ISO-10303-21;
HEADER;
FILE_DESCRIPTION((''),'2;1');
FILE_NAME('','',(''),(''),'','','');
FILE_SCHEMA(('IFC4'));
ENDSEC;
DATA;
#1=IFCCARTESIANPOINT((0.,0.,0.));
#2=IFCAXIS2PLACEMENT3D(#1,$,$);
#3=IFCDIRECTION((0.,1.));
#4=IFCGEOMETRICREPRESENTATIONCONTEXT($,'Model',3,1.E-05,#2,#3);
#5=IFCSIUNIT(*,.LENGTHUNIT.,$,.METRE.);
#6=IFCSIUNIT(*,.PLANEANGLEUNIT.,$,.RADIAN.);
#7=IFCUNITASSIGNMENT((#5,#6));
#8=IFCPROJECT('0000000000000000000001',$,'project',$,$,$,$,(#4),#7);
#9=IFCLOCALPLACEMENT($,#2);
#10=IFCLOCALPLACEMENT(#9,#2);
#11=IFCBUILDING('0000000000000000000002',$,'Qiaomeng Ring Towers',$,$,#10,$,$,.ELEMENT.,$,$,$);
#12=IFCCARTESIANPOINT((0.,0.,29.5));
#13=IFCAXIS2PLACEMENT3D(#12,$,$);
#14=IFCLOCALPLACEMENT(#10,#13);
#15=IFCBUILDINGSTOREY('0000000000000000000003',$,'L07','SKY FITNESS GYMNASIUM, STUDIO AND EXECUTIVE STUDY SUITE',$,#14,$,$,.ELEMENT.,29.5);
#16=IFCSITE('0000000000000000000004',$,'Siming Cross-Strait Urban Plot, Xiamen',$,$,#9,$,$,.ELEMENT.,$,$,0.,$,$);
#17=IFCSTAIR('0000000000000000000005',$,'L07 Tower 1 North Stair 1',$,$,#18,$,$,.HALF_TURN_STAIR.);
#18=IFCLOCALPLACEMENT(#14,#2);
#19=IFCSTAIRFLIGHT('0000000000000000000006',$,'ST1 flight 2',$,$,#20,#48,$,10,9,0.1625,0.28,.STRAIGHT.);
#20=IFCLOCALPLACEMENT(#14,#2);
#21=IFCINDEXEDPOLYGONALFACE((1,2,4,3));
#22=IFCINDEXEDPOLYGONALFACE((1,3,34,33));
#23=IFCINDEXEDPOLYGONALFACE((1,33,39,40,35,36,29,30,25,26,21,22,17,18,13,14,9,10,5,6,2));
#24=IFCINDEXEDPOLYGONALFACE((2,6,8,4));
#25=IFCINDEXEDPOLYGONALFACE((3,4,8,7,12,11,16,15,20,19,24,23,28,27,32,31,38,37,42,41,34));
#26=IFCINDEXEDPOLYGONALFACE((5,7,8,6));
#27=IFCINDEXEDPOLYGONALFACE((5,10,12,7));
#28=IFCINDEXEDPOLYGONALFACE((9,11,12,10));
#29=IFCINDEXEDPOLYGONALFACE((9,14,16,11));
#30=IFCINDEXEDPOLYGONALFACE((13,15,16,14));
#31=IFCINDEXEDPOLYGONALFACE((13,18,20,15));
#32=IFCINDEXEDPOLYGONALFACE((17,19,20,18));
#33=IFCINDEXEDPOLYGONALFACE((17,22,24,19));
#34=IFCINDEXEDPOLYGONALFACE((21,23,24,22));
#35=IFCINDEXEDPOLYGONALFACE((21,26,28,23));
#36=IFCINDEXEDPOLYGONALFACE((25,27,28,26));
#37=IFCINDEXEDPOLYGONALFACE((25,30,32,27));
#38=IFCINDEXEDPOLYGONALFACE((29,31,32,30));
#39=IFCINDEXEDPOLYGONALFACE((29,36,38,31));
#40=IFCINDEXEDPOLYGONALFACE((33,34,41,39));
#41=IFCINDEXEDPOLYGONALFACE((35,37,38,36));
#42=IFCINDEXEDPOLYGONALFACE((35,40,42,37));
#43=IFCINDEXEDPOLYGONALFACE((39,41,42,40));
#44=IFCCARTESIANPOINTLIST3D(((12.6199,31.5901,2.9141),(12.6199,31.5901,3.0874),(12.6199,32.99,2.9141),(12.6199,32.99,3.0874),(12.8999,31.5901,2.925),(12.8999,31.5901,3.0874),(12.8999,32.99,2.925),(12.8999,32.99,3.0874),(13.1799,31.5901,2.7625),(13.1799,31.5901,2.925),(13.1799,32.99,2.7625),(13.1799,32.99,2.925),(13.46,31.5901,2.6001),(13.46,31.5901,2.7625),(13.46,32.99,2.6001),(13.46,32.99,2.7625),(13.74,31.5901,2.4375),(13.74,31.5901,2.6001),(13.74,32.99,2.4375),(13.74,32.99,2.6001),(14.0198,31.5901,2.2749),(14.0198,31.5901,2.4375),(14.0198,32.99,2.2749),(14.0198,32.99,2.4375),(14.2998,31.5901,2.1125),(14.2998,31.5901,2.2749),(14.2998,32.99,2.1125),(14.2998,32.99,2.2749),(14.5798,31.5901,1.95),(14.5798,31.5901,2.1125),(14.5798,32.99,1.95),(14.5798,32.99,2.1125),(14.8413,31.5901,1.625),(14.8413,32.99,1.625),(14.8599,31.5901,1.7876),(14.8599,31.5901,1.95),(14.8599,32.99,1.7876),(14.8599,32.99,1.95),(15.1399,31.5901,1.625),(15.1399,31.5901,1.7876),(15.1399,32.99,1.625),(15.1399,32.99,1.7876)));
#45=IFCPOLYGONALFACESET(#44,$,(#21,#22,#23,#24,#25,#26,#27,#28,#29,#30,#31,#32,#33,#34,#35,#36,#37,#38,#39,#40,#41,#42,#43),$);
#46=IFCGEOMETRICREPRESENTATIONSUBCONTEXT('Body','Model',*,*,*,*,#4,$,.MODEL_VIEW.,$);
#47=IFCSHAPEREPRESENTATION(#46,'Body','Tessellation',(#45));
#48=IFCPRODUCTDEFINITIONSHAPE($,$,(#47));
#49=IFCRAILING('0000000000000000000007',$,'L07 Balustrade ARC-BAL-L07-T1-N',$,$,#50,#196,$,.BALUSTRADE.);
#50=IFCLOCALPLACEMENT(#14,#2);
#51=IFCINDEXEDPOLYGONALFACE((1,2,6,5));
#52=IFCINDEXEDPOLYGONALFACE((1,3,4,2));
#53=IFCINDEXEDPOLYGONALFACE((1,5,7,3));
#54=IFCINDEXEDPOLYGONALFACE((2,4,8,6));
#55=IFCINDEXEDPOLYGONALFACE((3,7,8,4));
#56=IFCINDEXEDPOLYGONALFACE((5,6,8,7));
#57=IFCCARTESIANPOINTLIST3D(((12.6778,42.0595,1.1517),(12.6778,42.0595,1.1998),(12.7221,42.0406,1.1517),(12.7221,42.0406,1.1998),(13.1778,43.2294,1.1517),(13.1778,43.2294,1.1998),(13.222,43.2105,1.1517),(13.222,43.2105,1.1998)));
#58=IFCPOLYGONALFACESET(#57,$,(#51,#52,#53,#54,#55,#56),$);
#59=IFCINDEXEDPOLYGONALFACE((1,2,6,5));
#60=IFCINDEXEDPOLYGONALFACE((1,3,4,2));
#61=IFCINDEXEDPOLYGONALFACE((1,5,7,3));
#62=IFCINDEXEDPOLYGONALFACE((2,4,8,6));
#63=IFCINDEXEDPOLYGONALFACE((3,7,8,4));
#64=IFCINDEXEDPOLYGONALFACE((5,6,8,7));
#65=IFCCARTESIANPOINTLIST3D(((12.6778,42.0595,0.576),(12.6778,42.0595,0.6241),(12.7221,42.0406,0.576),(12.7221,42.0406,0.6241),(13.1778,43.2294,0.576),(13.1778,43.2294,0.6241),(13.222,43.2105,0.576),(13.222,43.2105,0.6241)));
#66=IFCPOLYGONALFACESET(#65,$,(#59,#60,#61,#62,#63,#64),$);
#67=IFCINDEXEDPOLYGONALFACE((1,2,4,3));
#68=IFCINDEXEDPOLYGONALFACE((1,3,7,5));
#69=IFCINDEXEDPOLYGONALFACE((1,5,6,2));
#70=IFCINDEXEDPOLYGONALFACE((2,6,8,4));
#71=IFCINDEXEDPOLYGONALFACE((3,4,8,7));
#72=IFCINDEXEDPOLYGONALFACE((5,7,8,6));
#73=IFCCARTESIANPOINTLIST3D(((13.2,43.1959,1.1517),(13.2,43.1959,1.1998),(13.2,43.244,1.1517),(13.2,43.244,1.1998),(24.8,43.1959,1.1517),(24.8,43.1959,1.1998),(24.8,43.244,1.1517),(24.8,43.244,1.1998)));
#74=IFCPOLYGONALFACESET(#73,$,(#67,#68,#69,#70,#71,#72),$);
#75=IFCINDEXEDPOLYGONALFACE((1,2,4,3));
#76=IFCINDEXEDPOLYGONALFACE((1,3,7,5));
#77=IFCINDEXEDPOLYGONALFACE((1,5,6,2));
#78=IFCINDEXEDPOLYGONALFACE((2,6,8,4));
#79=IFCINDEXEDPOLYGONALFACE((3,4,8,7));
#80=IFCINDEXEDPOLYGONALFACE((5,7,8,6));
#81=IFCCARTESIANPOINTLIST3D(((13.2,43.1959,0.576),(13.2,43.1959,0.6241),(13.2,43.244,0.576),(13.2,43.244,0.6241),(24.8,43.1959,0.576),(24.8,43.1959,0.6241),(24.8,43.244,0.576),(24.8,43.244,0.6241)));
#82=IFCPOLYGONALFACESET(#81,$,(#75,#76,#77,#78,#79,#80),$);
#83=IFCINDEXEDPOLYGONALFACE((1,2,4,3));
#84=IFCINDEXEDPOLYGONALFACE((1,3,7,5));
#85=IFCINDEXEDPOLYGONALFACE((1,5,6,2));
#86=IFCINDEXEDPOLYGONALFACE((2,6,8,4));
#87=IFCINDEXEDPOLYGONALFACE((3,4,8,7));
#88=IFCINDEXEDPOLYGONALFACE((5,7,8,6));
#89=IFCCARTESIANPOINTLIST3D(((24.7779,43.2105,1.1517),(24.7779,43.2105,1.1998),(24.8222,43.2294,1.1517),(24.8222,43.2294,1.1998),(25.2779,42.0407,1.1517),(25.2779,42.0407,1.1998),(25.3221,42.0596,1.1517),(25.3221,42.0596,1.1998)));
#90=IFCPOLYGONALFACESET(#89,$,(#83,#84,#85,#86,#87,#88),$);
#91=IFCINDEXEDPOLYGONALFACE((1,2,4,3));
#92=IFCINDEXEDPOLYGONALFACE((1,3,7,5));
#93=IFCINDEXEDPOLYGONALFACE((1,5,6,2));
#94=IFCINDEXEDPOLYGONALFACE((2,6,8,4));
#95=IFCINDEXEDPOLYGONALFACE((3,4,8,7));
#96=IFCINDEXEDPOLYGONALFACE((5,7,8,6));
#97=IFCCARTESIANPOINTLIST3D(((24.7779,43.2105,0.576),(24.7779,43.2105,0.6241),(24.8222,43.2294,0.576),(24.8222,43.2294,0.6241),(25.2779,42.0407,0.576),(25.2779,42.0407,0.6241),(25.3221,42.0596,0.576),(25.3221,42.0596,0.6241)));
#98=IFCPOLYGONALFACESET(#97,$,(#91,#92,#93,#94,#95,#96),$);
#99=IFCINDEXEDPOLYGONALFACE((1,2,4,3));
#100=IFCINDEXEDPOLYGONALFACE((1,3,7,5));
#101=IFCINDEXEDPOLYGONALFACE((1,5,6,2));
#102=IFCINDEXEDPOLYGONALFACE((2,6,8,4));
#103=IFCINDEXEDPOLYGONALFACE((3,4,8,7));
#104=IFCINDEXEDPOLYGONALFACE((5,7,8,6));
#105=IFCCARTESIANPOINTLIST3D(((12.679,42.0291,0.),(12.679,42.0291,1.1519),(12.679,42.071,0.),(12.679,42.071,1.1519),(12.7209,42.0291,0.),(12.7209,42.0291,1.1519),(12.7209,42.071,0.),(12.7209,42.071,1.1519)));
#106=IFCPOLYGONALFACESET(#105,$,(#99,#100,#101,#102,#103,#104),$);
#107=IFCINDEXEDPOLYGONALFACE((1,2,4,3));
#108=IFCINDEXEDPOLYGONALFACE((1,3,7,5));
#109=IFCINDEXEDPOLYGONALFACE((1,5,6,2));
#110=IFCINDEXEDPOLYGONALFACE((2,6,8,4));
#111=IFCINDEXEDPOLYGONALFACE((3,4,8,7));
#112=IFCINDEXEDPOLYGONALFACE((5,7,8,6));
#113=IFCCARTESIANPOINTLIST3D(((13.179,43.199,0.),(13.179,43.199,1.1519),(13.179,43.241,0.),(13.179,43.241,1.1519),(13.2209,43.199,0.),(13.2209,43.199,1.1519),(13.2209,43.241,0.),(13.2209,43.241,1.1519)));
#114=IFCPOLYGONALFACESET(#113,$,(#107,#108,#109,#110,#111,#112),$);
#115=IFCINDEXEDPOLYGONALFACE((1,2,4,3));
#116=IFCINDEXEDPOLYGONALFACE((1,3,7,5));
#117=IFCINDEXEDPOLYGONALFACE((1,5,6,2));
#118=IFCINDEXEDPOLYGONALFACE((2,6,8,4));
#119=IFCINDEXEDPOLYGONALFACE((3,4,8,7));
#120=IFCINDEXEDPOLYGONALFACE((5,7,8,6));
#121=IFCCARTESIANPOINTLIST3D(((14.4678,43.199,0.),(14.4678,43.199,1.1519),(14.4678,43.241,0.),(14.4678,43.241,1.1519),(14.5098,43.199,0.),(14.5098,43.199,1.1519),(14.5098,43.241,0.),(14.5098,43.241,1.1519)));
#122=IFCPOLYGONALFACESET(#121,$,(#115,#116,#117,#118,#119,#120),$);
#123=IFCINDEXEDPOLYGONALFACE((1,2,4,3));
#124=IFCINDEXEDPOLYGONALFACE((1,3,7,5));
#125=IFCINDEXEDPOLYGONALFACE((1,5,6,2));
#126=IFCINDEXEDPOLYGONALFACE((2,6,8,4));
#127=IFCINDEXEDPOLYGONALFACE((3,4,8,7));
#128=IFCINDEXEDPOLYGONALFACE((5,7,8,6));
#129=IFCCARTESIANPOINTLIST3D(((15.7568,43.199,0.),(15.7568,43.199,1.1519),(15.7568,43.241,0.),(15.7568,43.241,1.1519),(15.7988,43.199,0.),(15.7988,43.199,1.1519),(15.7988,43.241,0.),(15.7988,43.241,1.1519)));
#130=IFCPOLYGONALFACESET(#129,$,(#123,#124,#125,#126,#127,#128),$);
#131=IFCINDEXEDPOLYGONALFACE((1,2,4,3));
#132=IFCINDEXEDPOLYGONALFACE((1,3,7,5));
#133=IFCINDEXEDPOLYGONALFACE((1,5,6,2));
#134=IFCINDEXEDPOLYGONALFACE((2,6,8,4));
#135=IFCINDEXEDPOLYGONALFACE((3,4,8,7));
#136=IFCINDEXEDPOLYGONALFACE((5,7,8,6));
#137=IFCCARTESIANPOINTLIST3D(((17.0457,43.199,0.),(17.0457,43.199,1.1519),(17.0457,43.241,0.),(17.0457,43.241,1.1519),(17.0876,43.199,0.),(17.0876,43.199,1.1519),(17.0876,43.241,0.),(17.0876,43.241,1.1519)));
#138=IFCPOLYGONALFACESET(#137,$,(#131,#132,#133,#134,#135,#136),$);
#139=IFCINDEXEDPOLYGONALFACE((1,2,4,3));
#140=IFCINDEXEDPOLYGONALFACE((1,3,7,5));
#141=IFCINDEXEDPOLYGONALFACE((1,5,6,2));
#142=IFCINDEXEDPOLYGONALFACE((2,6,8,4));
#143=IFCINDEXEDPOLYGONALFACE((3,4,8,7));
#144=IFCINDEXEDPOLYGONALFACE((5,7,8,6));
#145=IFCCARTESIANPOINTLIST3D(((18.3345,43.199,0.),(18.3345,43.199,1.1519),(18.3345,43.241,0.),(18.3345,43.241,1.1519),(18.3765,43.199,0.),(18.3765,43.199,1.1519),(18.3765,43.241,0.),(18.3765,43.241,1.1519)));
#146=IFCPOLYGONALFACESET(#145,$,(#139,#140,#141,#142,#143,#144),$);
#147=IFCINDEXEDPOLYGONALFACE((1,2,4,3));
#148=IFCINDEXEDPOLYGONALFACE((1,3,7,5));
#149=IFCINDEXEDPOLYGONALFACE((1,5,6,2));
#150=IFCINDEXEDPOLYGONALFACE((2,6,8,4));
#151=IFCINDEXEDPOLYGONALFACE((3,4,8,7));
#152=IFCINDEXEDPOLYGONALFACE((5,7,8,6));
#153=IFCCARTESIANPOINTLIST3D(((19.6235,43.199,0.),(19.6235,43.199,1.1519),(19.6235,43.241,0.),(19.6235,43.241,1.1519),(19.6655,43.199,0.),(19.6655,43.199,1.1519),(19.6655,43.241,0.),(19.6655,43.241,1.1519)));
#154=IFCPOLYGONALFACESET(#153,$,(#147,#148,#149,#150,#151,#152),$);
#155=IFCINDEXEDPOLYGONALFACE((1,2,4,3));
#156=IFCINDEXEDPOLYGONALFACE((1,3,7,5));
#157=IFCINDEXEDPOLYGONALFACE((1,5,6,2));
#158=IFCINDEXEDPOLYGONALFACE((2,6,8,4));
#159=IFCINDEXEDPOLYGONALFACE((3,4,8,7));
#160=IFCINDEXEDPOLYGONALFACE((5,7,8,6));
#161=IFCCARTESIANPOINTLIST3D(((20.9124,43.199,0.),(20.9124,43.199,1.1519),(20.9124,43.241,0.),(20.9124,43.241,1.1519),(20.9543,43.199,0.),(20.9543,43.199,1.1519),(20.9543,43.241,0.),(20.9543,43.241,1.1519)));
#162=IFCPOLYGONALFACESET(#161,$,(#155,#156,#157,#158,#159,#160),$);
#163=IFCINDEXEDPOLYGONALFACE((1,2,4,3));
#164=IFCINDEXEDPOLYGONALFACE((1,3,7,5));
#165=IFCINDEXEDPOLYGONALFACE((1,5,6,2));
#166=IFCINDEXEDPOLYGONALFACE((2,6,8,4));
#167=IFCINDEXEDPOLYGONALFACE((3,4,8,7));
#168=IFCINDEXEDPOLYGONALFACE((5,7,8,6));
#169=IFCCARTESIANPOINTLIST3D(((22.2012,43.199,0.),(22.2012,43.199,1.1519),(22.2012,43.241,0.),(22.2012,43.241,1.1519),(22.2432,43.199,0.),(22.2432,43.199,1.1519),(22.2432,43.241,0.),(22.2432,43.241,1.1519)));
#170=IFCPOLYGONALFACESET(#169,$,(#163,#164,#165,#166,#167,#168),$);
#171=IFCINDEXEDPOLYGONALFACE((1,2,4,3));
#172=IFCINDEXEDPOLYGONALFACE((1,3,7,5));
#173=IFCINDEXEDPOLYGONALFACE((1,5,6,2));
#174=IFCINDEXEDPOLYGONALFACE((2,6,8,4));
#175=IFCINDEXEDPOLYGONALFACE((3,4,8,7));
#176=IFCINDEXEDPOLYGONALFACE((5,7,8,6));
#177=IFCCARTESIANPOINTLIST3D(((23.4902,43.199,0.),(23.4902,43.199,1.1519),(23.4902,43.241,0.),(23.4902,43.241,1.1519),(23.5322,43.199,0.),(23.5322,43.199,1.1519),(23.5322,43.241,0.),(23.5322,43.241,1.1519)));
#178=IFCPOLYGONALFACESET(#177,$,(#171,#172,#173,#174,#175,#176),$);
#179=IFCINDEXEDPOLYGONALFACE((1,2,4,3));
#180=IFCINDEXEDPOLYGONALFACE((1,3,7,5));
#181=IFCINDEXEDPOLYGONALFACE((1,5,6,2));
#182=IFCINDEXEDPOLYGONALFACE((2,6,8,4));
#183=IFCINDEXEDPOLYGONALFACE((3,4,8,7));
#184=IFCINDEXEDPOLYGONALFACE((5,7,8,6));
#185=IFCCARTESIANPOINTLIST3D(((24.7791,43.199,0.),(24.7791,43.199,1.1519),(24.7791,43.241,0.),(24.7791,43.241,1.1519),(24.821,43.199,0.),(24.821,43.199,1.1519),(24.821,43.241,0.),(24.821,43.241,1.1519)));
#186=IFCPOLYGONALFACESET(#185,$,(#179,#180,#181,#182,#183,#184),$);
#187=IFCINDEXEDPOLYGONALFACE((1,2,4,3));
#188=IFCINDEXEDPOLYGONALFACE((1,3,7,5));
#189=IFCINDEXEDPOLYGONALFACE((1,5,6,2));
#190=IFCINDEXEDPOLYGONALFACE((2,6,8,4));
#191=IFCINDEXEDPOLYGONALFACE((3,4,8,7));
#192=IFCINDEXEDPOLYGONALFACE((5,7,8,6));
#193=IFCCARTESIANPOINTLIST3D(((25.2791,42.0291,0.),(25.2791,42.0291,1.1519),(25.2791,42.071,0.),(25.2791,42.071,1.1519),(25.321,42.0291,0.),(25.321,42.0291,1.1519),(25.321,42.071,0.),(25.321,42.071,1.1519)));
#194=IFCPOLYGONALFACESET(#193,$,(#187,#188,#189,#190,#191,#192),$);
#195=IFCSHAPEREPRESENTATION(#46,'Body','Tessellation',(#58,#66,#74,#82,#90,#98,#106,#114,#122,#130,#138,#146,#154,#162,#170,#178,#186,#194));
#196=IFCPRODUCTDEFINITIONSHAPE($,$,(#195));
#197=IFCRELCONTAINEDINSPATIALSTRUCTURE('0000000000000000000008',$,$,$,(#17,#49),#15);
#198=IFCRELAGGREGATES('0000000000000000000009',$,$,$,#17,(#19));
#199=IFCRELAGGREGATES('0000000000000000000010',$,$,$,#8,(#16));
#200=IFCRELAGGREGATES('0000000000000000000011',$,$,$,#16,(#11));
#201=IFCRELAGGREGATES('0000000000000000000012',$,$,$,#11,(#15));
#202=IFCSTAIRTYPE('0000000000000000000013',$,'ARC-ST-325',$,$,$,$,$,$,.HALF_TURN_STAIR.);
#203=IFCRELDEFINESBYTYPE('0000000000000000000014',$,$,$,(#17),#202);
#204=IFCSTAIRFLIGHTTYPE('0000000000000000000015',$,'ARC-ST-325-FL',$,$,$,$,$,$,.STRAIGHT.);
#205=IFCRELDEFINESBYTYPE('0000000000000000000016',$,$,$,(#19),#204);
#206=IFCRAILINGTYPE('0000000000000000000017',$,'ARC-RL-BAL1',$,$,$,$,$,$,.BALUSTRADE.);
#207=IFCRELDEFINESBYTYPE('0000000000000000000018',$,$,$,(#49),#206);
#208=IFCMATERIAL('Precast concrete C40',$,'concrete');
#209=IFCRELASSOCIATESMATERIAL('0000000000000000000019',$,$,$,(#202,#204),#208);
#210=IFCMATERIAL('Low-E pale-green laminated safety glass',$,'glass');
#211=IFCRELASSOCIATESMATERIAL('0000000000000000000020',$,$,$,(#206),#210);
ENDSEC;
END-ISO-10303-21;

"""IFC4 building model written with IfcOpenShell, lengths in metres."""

from ifc_helpers import new_model, si_unit, direction, frame, origin, origin_2d, place, context, subcontext, project, spatial, polyline, rectangle, outline, extrude, source, transform, mapped, material, type_object, element, aggregate, save


model = new_model("IFC4")

# Units and contexts
model_context = context("Model", 3, precision=1e-05, world=origin(), true_north=direction((0.0, 1.0)))
body_context = subcontext(model_context, "Body", "Model", "MODEL_VIEW")
ifc_project = project(units=[si_unit("LENGTHUNIT", "METRE"), si_unit("PLANEANGLEUNIT", "RADIAN")], contexts=[model_context])

# Site, building, storey
site_placement = place(None, origin())
site = spatial("IfcSite", under=ifc_project, at=site_placement, Name="Siming Cross-Strait Urban Plot, Xiamen", CompositionType="ELEMENT", RefElevation=0.0)
building_placement = place(site_placement, origin())
building = spatial("IfcBuilding", under=site, at=building_placement, Name="Qiaomeng Ring Towers", CompositionType="ELEMENT")
storey_placement = place(building_placement, frame((0.0, 0.0, 29.5)))
storey = spatial("IfcBuildingStorey", under=building, at=storey_placement, Name="L07", Description="SKY FITNESS GYMNASIUM, STUDIO AND EXECUTIVE STUDY SUITE", CompositionType="ELEMENT", Elevation=29.5)

# Stair, stair flight
ifc_material_1 = material(Name="Precast concrete C40", Category="concrete")
stair_type = type_object("IfcStairType", Name="ARC-ST-325", PredefinedType="HALF_TURN_STAIR", material=ifc_material_1)
stair_placement = place(storey_placement, origin())
stair = element("IfcStair", 1, at=stair_placement, inside=storey, type_object=stair_type, Name="L07 Tower 1 North Stair 1", PredefinedType="HALF_TURN_STAIR")
stair_flight_type = type_object("IfcStairFlightType", Name="ARC-ST-325-FL", PredefinedType="STRAIGHT", material=ifc_material_1)
shared_shape_1 = source(origin(), body_context, "Body", "SweptSolid", [
    extrude(outline(polyline([(0.0, 0.0), (0.0, 0.1626), (0.28, 0.1626), (0.28, 0.325), (0.5601, 0.325), (0.5601, 0.4875), (0.8401, 0.4875), (0.8401, 0.6499), (1.1201, 0.6499), (1.1201, 0.8125), (1.3999, 0.8125), (1.3999, 0.9751), (1.6799, 0.9751), (1.6799, 1.1375), (1.96, 1.1375), (1.96, 1.3), (2.24, 1.3), (2.24, 1.4624), (2.52, 1.4624), (2.52, 1.625), (2.52, 1.2891), (0.2986, 0.0), (0.0, 0.0)])), frame((0.0, 0.7, 0.0), z_axis=(0.0, -1.0, 0.0), x_axis=(1.0, 0.0, 0.0)), (0.0, 0.0, 1.0), 1.3999),
])
stair_flight_placement = place(storey_placement, frame((15.1399, 32.29, 1.625), z_axis=(0.0, 0.0, 1.0), x_axis=(-1.0, 0.0, 0.0)))
stair_flight = element("IfcStairFlight", 2, at=stair_flight_placement, type_object=stair_flight_type, Name="ST1 flight 2", NumberOfRisers=10, NumberOfTreads=9, PredefinedType="STRAIGHT", RiserHeight=0.1625, TreadLength=0.28, context=body_context, shape_type="MappedRepresentation", body=[
    mapped(shared_shape_1, transform((0.0, 0.0, 0.0), x_axis=(1.0, 0.0, 0.0), y_axis=(0.0, 1.0, 0.0), z_axis=(0.0, 0.0, 1.0), scale=1.0)),
])
aggregate(stair, [stair_flight])

# Railing
ifc_material_2 = material(Name="Low-E pale-green laminated safety glass", Category="glass")
railing_type_1 = type_object("IfcRailingType", Name="ARC-RL-BAL1", PredefinedType="BALUSTRADE", material=ifc_material_2)
railing_1_placement = place(storey_placement, frame((12.7, 42.05, 0.0)))
element("IfcRailing", 3, at=railing_1_placement, inside=storey, type_object=railing_type_1, Name="L07 Balustrade ARC-BAL-L07-T1-N", PredefinedType="BALUSTRADE", context=body_context, shape_type="SweptSolid", body=[
    extrude(rectangle(XDim=0.0481, YDim=0.0481, at=origin_2d()), frame((0.0, 0.0, 1.1758), z_axis=(0.392993, 0.919542, 0.0), x_axis=(-0.919542, 0.392993, 0.0)), (0.0, 0.0, 1.0), 1.2722),
    extrude(rectangle(XDim=0.0481, YDim=0.0481, at=origin_2d()), frame((0.0, 0.0, 0.6001), z_axis=(0.392993, 0.919542, 0.0), x_axis=(-0.919542, 0.392993, 0.0)), (0.0, 0.0, 1.0), 1.2722),
    extrude(rectangle(XDim=0.0481, YDim=0.0481, at=origin_2d()), frame((0.5, 1.1699, 1.1758), z_axis=(1.0, 0.0, 0.0), x_axis=(0.0, 1.0, 0.0)), (0.0, 0.0, 1.0), 11.6001),
    extrude(rectangle(XDim=0.0481, YDim=0.0481, at=origin_2d()), frame((0.5, 1.1699, 0.6001), z_axis=(1.0, 0.0, 0.0), x_axis=(0.0, 1.0, 0.0)), (0.0, 0.0, 1.0), 11.6001),
    extrude(rectangle(XDim=0.0481, YDim=0.0481, at=origin_2d()), frame((12.1001, 1.1699, 1.1758), z_axis=(0.392993, -0.919542, 0.0), x_axis=(0.919542, 0.392993, 0.0)), (0.0, 0.0, 1.0), 1.2722),
    extrude(rectangle(XDim=0.0481, YDim=0.0481, at=origin_2d()), frame((12.1001, 1.1699, 0.6001), z_axis=(0.392993, -0.919542, 0.0), x_axis=(0.919542, 0.392993, 0.0)), (0.0, 0.0, 1.0), 1.2722),
    extrude(rectangle(XDim=0.042, YDim=0.042, at=origin_2d()), origin(), (0.0, 0.0, 1.0), 1.1519),
    extrude(rectangle(XDim=0.042, YDim=0.042, at=origin_2d()), frame((0.5, 1.1699, 0.0)), (0.0, 0.0, 1.0), 1.1519),
    extrude(rectangle(XDim=0.042, YDim=0.042, at=origin_2d()), frame((1.7888, 1.1699, 0.0)), (0.0, 0.0, 1.0), 1.1519),
    extrude(rectangle(XDim=0.042, YDim=0.042, at=origin_2d()), frame((3.0779, 1.1699, 0.0)), (0.0, 0.0, 1.0), 1.1519),
    extrude(rectangle(XDim=0.042, YDim=0.042, at=origin_2d()), frame((4.3667, 1.1699, 0.0)), (0.0, 0.0, 1.0), 1.1519),
    extrude(rectangle(XDim=0.042, YDim=0.042, at=origin_2d()), frame((5.6555, 1.1699, 0.0)), (0.0, 0.0, 1.0), 1.1519),
    extrude(rectangle(XDim=0.042, YDim=0.042, at=origin_2d()), frame((6.9446, 1.1699, 0.0)), (0.0, 0.0, 1.0), 1.1519),
    extrude(rectangle(XDim=0.042, YDim=0.042, at=origin_2d()), frame((8.2334, 1.1699, 0.0)), (0.0, 0.0, 1.0), 1.1519),
    extrude(rectangle(XDim=0.042, YDim=0.042, at=origin_2d()), frame((9.5222, 1.1699, 0.0)), (0.0, 0.0, 1.0), 1.1519),
    extrude(rectangle(XDim=0.042, YDim=0.042, at=origin_2d()), frame((10.8113, 1.1699, 0.0)), (0.0, 0.0, 1.0), 1.1519),
    extrude(rectangle(XDim=0.042, YDim=0.042, at=origin_2d()), frame((12.1001, 1.1699, 0.0)), (0.0, 0.0, 1.0), 1.1519),
    extrude(rectangle(XDim=0.042, YDim=0.042, at=origin_2d()), frame((12.6001, 0.0, 0.0)), (0.0, 0.0, 1.0), 1.1519),
])

save(model, "model.ifc")
